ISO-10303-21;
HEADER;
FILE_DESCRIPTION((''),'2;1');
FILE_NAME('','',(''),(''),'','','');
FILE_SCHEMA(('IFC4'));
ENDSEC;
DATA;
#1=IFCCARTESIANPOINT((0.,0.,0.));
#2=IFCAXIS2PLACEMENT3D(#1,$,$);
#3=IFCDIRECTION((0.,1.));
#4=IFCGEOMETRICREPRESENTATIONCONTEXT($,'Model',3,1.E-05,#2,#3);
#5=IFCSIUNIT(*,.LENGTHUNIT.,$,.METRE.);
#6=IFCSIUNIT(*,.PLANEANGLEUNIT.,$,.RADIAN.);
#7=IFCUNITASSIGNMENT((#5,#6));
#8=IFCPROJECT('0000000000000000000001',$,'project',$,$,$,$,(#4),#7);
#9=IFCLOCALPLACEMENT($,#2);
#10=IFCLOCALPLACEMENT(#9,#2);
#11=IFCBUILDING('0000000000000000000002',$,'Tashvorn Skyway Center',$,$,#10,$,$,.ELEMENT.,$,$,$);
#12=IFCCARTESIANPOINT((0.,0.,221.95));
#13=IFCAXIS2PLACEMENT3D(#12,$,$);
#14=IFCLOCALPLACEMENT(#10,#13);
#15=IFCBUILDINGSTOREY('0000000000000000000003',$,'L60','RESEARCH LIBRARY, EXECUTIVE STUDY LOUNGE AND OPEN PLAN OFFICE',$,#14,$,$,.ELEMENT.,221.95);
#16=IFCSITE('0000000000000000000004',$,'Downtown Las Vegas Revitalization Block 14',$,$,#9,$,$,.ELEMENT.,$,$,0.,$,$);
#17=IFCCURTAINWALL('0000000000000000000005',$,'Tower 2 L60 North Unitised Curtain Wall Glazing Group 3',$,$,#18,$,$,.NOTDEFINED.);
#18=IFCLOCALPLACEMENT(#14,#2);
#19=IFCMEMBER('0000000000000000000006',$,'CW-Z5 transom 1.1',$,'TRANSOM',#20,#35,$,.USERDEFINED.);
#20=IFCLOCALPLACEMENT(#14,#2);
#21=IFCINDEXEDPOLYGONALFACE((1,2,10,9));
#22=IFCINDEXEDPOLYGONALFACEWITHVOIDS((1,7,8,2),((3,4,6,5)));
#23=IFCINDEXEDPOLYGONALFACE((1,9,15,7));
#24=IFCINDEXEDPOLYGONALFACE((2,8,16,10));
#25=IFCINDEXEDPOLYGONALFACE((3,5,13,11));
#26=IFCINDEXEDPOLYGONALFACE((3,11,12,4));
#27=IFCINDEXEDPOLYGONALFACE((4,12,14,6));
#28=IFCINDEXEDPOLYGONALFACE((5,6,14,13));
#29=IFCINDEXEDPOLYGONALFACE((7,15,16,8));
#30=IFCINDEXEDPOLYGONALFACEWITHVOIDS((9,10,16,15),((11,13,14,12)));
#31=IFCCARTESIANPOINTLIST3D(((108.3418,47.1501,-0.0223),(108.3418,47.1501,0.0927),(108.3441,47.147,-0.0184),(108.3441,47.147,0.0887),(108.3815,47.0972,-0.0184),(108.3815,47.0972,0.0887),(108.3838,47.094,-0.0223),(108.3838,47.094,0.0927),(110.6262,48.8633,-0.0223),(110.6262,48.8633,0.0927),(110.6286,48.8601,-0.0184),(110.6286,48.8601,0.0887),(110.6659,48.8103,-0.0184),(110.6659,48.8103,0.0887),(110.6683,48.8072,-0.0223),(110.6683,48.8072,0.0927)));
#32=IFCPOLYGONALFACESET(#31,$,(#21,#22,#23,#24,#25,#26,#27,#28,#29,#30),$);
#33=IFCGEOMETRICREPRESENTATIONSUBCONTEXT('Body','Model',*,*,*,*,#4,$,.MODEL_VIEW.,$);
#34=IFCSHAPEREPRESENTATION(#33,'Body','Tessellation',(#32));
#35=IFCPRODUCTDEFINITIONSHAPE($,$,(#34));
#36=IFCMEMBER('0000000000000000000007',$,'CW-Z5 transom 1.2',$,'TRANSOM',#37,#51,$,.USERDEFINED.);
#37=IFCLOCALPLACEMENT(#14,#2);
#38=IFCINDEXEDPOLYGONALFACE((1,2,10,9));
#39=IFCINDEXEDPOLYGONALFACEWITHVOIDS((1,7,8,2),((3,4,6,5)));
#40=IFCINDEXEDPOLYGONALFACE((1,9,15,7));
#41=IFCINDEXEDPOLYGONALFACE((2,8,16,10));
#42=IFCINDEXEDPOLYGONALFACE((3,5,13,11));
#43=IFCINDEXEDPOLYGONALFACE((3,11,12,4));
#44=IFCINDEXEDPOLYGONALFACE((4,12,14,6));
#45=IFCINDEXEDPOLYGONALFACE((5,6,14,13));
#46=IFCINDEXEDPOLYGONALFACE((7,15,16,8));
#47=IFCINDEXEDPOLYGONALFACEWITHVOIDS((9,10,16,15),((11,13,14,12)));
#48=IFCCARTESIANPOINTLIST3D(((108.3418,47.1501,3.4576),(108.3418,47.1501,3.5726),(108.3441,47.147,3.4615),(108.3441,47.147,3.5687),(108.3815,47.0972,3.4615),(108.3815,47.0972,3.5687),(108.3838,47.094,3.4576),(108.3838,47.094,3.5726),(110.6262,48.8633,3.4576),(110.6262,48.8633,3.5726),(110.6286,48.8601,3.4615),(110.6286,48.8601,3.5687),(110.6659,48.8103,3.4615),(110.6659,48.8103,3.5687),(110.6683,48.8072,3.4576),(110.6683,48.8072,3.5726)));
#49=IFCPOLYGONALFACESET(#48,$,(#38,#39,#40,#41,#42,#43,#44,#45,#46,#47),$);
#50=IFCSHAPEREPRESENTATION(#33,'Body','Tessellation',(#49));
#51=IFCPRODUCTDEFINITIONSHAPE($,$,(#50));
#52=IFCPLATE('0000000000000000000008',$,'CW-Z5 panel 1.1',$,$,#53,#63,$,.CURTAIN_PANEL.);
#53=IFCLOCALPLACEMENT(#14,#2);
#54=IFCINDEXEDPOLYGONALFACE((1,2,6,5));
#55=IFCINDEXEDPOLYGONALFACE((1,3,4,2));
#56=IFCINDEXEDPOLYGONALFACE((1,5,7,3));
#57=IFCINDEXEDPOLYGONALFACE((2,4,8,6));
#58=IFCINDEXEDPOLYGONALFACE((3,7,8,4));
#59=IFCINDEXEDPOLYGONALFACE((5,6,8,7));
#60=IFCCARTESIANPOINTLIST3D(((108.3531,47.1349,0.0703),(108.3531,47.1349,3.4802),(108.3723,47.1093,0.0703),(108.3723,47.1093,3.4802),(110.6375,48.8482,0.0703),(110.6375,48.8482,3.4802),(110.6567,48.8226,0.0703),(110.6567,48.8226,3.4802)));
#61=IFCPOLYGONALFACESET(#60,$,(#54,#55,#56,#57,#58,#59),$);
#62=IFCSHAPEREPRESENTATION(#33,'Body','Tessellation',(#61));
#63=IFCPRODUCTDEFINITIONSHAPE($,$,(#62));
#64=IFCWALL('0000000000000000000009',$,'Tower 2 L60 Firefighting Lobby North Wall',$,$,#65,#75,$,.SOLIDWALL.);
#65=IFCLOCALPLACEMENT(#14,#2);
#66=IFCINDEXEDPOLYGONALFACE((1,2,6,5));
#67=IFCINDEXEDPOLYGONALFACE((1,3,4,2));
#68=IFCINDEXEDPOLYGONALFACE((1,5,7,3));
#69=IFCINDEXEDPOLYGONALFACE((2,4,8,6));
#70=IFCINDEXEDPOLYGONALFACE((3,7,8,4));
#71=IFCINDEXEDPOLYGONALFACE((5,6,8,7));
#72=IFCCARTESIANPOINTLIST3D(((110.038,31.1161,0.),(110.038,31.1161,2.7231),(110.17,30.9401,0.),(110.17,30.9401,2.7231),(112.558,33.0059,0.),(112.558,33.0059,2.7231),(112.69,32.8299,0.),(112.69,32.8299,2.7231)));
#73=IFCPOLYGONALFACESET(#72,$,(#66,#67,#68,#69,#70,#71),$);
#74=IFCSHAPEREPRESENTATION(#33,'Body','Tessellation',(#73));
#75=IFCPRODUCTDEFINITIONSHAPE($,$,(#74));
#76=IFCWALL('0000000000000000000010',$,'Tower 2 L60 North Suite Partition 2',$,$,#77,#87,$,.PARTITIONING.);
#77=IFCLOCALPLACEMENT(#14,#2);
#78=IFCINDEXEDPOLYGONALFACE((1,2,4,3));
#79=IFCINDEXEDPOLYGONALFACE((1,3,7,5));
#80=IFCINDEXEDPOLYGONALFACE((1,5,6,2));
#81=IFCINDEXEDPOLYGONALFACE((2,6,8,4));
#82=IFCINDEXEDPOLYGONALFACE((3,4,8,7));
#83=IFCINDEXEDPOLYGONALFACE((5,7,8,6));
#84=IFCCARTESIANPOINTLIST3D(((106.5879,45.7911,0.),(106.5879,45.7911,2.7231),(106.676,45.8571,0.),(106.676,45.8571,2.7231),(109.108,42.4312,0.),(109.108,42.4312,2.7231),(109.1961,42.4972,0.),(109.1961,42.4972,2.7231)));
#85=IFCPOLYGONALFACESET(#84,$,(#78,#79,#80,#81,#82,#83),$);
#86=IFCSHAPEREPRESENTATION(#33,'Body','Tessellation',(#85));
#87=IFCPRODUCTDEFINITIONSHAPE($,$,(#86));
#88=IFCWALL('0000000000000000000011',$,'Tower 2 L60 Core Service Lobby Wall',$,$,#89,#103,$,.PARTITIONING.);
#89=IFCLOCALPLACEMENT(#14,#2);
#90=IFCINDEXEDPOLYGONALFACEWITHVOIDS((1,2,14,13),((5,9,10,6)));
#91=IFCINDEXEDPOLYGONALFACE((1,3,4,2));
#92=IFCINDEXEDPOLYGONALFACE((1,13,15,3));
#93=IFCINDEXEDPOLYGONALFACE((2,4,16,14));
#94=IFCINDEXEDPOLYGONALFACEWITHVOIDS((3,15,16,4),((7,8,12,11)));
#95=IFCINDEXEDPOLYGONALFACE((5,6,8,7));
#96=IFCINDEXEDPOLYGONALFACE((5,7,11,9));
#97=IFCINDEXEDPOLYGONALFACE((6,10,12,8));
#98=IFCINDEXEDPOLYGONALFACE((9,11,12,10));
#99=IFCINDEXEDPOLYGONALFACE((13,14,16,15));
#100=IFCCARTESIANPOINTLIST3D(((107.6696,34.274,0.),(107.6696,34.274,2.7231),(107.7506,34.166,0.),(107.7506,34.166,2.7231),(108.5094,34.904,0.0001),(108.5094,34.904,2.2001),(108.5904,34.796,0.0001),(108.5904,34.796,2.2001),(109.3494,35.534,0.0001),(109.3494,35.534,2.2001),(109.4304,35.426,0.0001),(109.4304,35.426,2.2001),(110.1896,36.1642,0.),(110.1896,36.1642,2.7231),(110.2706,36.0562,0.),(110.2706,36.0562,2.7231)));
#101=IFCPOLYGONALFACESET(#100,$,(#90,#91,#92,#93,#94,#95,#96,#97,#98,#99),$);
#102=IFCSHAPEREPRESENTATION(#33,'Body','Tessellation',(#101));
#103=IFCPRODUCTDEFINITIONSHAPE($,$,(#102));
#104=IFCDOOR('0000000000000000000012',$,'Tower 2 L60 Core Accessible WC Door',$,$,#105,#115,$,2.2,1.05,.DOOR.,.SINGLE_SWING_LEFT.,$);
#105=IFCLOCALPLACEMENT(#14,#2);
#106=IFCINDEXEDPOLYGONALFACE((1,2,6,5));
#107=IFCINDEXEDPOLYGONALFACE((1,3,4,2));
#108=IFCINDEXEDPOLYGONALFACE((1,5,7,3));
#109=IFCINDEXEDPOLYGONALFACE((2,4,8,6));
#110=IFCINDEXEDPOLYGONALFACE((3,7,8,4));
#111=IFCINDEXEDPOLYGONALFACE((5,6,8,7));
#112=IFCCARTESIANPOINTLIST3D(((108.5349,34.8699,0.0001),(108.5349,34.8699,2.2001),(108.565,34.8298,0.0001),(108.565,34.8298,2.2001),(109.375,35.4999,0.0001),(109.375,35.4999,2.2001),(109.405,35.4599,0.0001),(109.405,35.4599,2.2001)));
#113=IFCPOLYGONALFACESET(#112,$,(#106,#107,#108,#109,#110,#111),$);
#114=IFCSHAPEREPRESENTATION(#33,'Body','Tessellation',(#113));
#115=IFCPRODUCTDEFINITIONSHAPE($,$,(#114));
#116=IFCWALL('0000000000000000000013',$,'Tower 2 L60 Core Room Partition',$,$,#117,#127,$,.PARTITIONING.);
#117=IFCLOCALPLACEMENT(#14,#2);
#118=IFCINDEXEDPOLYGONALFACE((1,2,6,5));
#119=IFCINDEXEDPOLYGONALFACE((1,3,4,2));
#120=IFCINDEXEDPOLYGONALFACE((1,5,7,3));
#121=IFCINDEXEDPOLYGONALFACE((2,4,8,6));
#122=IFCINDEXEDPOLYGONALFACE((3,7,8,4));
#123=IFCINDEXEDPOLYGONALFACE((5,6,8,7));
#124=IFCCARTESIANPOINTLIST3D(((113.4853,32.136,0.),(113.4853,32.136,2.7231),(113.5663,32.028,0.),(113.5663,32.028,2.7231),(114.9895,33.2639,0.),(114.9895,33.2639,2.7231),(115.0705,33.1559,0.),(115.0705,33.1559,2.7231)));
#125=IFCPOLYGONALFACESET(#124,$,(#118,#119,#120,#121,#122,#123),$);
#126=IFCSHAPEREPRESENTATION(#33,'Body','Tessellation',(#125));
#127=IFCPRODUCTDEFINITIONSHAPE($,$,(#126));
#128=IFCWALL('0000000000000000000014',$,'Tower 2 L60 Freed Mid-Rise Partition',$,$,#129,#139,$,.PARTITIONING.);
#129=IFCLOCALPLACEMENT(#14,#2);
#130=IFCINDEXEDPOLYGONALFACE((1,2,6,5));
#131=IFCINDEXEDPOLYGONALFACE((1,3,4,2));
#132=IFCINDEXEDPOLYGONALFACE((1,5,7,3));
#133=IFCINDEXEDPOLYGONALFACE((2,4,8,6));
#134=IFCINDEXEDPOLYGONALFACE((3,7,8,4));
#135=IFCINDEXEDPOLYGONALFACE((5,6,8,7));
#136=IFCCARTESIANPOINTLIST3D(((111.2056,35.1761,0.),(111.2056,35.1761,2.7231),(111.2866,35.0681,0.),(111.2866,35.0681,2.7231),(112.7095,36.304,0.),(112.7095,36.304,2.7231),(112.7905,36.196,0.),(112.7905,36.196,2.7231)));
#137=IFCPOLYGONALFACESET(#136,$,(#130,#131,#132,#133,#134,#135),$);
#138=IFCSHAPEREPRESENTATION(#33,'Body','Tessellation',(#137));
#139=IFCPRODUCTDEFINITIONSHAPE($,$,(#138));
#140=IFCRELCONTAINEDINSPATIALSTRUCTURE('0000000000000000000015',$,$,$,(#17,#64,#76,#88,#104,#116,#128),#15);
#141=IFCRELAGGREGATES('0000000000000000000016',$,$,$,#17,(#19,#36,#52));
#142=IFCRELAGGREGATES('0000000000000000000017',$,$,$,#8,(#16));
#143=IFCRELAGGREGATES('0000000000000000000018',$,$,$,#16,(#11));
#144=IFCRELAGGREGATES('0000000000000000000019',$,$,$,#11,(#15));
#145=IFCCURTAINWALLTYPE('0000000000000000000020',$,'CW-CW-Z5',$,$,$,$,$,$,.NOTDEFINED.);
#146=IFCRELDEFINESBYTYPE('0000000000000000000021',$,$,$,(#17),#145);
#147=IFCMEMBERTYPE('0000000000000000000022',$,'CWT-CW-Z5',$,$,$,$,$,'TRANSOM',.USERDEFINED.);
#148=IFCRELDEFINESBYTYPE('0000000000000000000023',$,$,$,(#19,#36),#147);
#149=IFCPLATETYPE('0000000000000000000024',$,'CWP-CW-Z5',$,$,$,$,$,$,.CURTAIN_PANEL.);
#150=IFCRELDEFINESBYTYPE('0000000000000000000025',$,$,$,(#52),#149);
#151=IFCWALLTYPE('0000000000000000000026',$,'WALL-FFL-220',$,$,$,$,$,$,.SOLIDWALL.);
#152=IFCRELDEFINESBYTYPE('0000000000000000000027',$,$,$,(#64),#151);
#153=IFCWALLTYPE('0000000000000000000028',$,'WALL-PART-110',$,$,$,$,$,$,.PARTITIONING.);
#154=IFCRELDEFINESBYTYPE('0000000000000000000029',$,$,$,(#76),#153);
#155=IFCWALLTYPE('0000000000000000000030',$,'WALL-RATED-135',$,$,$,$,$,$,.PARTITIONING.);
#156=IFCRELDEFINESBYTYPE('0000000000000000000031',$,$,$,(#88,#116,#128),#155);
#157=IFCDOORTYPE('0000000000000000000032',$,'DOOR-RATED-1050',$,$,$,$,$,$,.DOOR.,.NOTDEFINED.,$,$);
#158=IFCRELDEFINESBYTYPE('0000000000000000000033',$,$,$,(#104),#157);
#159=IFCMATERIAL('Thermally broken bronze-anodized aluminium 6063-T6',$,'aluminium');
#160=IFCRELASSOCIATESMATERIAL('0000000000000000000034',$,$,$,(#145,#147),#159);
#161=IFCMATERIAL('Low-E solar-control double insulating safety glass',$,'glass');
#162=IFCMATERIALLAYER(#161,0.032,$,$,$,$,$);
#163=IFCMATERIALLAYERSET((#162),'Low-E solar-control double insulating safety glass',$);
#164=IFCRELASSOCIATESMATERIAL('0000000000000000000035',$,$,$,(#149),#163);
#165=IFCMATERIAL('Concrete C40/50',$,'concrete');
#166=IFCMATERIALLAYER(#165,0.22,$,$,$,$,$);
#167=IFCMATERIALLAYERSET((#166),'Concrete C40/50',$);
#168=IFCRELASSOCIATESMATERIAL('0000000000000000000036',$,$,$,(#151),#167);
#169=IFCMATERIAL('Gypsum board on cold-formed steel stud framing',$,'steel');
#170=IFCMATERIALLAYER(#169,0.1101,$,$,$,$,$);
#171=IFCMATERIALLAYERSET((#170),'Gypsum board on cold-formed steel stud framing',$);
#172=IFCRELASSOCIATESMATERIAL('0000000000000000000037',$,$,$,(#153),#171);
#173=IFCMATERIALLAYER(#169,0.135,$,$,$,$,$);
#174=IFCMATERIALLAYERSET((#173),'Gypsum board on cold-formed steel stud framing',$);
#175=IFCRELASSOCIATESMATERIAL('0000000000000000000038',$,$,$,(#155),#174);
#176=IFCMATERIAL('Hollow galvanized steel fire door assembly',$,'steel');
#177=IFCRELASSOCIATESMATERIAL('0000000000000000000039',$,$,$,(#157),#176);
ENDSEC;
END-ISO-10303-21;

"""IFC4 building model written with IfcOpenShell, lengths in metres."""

from ifc_helpers import new_model, si_unit, direction, frame, frame_2d, origin, origin_2d, place, context, subcontext, project, spatial, rectangle, hollow_rectangle, extrude, material, layer, layer_set, material_profile, profile_set, type_object, element, fill, aggregate, save


model = new_model("IFC4")

# Units and contexts
model_context = context("Model", 3, precision=1e-05, world=origin(), true_north=direction((0.0, 1.0)))
body_context = subcontext(model_context, "Body", "Model", "MODEL_VIEW")
ifc_project = project(units=[si_unit("LENGTHUNIT", "METRE"), si_unit("PLANEANGLEUNIT", "RADIAN")], contexts=[model_context])

# Site, building, storey
site_placement = place(None, origin())
site = spatial("IfcSite", under=ifc_project, at=site_placement, Name="Downtown Las Vegas Revitalization Block 14", CompositionType="ELEMENT", RefElevation=0.0)
building_placement = place(site_placement, origin())
building = spatial("IfcBuilding", under=site, at=building_placement, Name="Tashvorn Skyway Center", CompositionType="ELEMENT")
storey_placement = place(building_placement, frame((0.0, 0.0, 221.95)))
storey = spatial("IfcBuildingStorey", under=building, at=storey_placement, Name="L60", Description="RESEARCH LIBRARY, EXECUTIVE STUDY LOUNGE AND OPEN PLAN OFFICE", CompositionType="ELEMENT", Elevation=221.95)

# Shared definitions
ifc_material_1 = material(Name="Thermally broken bronze-anodized aluminium 6063-T6", Category="aluminium")
curtain_wall_type = type_object("IfcCurtainWallType", Name="CW-CW-Z5", PredefinedType="NOTDEFINED", material=ifc_material_1)

# Curtain wall, members, plate
curtain_wall_1_placement = place(storey_placement, origin())
curtain_wall_1 = element("IfcCurtainWall", 1, at=curtain_wall_1_placement, inside=storey, type_object=curtain_wall_type, Name="Tower 2 L60 North Unitised Curtain Wall Glazing Group 3", PredefinedType="NOTDEFINED")
ifc_material_profile_1 = material_profile(ifc_material_1, hollow_rectangle(XDim=0.0701, YDim=0.115, WallThickness=0.0039, at=origin_2d()), Name="ALU-TRAN-70x115")
ifc_profile_set_1 = profile_set([ifc_material_profile_1], Name="Thermally broken bronze-anodized aluminium 6063-T6")
member_type_1 = type_object("IfcMemberType", Name="CWT-CW-Z5", ElementType="TRANSOM", PredefinedType="USERDEFINED", material=ifc_profile_set_1)
member_1_placement = place(storey_placement, frame((108.3628, 47.1221, 0.0352), z_axis=(0.800031, 0.599959, 0.0), x_axis=(-0.599959, 0.800031, 0.0)))
member_1 = element("IfcMember", 2, at=member_1_placement, type_object=member_type_1, Name="CW-Z5 transom 1.1", ObjectType="TRANSOM", PredefinedType="USERDEFINED", context=body_context, shape_type="SweptSolid", body=[
    extrude(hollow_rectangle(XDim=0.0701, YDim=0.115, WallThickness=0.0039, at=origin_2d()), origin(), (0.0, 0.0, 1.0), 2.8555),
])
member_2_placement = place(storey_placement, frame((108.3628, 47.1221, 3.5151), z_axis=(0.800031, 0.599959, 0.0), x_axis=(-0.599959, 0.800031, 0.0)))
member_2 = element("IfcMember", 3, at=member_2_placement, type_object=member_type_1, Name="CW-Z5 transom 1.2", ObjectType="TRANSOM", PredefinedType="USERDEFINED", context=body_context, shape_type="SweptSolid", body=[
    extrude(hollow_rectangle(XDim=0.0701, YDim=0.115, WallThickness=0.0039, at=origin_2d()), origin(), (0.0, 0.0, 1.0), 2.8555),
])
ifc_material_2 = material(Name="Low-E solar-control double insulating safety glass", Category="glass")
ifc_layer_1 = layer(ifc_material_2, 0.032)
ifc_layer_set_1 = layer_set([ifc_layer_1], Name="Low-E solar-control double insulating safety glass")
plate_type = type_object("IfcPlateType", Name="CWP-CW-Z5", PredefinedType="CURTAIN_PANEL", material=ifc_layer_set_1)
plate_placement = place(storey_placement, frame((109.5049, 47.9788, 0.0703), z_axis=(0.0, 0.0, 1.0), x_axis=(0.8, 0.6, 0.0)))
plate = element("IfcPlate", 4, at=plate_placement, type_object=plate_type, Name="CW-Z5 panel 1.1", PredefinedType="CURTAIN_PANEL", context=body_context, shape_type="SweptSolid", body=[
    extrude(rectangle(XDim=2.8555, YDim=0.032, at=origin_2d()), origin(), (0.0, 0.0, 1.0), 3.4099),
])
aggregate(curtain_wall_1, [member_1, member_2, plate])

# Walls
ifc_material_3 = material(Name="Concrete C40/50", Category="concrete")
ifc_layer_2 = layer(ifc_material_3, 0.22)
ifc_layer_set_2 = layer_set([ifc_layer_2], Name="Concrete C40/50")
wall_type_1 = type_object("IfcWallType", Name="WALL-FFL-220", PredefinedType="SOLIDWALL", material=ifc_layer_set_2)
wall_1_placement = place(storey_placement, frame((110.104, 31.0281, 0.0), z_axis=(0.0, 0.0, 1.0), x_axis=(0.800019, 0.599975, 0.0)))
element("IfcWall", 5, at=wall_1_placement, inside=storey, type_object=wall_type_1, Name="Tower 2 L60 Firefighting Lobby North Wall", PredefinedType="SOLIDWALL", context=body_context, shape_type="SweptSolid", body=[
    extrude(rectangle(XDim=3.1499, YDim=0.22, at=frame_2d((1.575, 0.0))), origin(), (0.0, 0.0, 1.0), 2.7231),
])
ifc_material_4 = material(Name="Gypsum board on cold-formed steel stud framing", Category="steel")
ifc_layer_3 = layer(ifc_material_4, 0.1101)
ifc_layer_set_3 = layer_set([ifc_layer_3], Name="Gypsum board on cold-formed steel stud framing")
wall_type_2 = type_object("IfcWallType", Name="WALL-PART-110", PredefinedType="PARTITIONING", material=ifc_layer_set_3)
wall_2_placement = place(storey_placement, frame((109.1521, 42.4641, 0.0), z_axis=(0.0, 0.0, 1.0), x_axis=(-0.600019, 0.799986, 0.0)))
element("IfcWall", 6, at=wall_2_placement, inside=storey, type_object=wall_type_2, Name="Tower 2 L60 North Suite Partition 2", PredefinedType="PARTITIONING", context=body_context, shape_type="SweptSolid", body=[
    extrude(rectangle(XDim=4.2, YDim=0.1101, at=frame_2d((2.1001, 0.0))), origin(), (0.0, 0.0, 1.0), 2.7231),
])

# Wall, opening, door
ifc_layer_4 = layer(ifc_material_4, 0.135)
ifc_layer_set_4 = layer_set([ifc_layer_4], Name="Gypsum board on cold-formed steel stud framing")
wall_type_3 = type_object("IfcWallType", Name="WALL-RATED-135", PredefinedType="PARTITIONING", material=ifc_layer_set_4)
wall_3_placement = place(storey_placement, frame((107.71, 34.22, 0.0), z_axis=(0.0, 0.0, 1.0), x_axis=(0.799981, 0.600025, 0.0)))
wall_3 = element("IfcWall", 7, at=wall_3_placement, inside=storey, type_object=wall_type_3, Name="Tower 2 L60 Core Service Lobby Wall", PredefinedType="PARTITIONING", context=body_context, shape_type="SweptSolid", body=[
    extrude(rectangle(XDim=3.1501, YDim=0.135, at=frame_2d((1.5752, 0.0))), origin(), (0.0, 0.0, 1.0), 2.7231),
])
opening_1_placement = place(wall_3_placement, frame((1.05, 0.0, 0.0)))
opening_1 = element("IfcOpeningElement", 8, at=opening_1_placement, cuts=wall_3, PredefinedType="OPENING", context=body_context, shape_type="SweptSolid", body=[
    extrude(rectangle(XDim=1.05, YDim=2.2, at=frame_2d((0.5249, 1.1001))), frame((0.0, 0.0774, 0.0), z_axis=(0.0, -1.0, 0.0), x_axis=(1.0, 0.0, 0.0)), (0.0, 0.0, 1.0), 0.155),
])
ifc_material_5 = material(Name="Hollow galvanized steel fire door assembly", Category="steel")
door_type_1 = type_object("IfcDoorType", Name="DOOR-RATED-1050", OperationType="NOTDEFINED", PredefinedType="DOOR", material=ifc_material_5)
door_1_placement = place(opening_1_placement, origin())
door_1 = element("IfcDoor", 9, at=door_1_placement, inside=storey, type_object=door_type_1, Name="Tower 2 L60 Core Accessible WC Door", OperationType="SINGLE_SWING_LEFT", OverallHeight=2.2, OverallWidth=1.05, PredefinedType="DOOR", context=body_context, shape_type="SweptSolid", body=[
    extrude(rectangle(XDim=1.05, YDim=2.2, at=frame_2d((0.5249, 1.1001))), frame((0.0, 0.0249, 0.0), z_axis=(0.0, -1.0, 0.0), x_axis=(1.0, 0.0, 0.0)), (0.0, 0.0, 1.0), 0.05),
])
fill(opening_1, door_1)

# Walls
wall_4_placement = place(storey_placement, frame((113.5259, 32.082, 0.0), z_axis=(0.0, 0.0, 1.0), x_axis=(0.800047, 0.599938, 0.0)))
element("IfcWall", 10, at=wall_4_placement, inside=storey, type_object=wall_type_3, Name="Tower 2 L60 Core Room Partition", PredefinedType="PARTITIONING", context=body_context, shape_type="SweptSolid", body=[
    extrude(rectangle(XDim=1.8801, YDim=0.135, at=frame_2d((0.9399, 0.0))), origin(), (0.0, 0.0, 1.0), 2.7231),
])
wall_5_placement = place(storey_placement, frame((111.2461, 35.1221, 0.0), z_axis=(0.0, 0.0, 1.0), x_axis=(0.8, 0.6, 0.0)))
element("IfcWall", 11, at=wall_5_placement, inside=storey, type_object=wall_type_3, Name="Tower 2 L60 Freed Mid-Rise Partition", PredefinedType="PARTITIONING", context=body_context, shape_type="SweptSolid", body=[
    extrude(rectangle(XDim=1.8799, YDim=0.135, at=frame_2d((0.9399, 0.0))), origin(), (0.0, 0.0, 1.0), 2.7231),
])

save(model, "model.ifc")
